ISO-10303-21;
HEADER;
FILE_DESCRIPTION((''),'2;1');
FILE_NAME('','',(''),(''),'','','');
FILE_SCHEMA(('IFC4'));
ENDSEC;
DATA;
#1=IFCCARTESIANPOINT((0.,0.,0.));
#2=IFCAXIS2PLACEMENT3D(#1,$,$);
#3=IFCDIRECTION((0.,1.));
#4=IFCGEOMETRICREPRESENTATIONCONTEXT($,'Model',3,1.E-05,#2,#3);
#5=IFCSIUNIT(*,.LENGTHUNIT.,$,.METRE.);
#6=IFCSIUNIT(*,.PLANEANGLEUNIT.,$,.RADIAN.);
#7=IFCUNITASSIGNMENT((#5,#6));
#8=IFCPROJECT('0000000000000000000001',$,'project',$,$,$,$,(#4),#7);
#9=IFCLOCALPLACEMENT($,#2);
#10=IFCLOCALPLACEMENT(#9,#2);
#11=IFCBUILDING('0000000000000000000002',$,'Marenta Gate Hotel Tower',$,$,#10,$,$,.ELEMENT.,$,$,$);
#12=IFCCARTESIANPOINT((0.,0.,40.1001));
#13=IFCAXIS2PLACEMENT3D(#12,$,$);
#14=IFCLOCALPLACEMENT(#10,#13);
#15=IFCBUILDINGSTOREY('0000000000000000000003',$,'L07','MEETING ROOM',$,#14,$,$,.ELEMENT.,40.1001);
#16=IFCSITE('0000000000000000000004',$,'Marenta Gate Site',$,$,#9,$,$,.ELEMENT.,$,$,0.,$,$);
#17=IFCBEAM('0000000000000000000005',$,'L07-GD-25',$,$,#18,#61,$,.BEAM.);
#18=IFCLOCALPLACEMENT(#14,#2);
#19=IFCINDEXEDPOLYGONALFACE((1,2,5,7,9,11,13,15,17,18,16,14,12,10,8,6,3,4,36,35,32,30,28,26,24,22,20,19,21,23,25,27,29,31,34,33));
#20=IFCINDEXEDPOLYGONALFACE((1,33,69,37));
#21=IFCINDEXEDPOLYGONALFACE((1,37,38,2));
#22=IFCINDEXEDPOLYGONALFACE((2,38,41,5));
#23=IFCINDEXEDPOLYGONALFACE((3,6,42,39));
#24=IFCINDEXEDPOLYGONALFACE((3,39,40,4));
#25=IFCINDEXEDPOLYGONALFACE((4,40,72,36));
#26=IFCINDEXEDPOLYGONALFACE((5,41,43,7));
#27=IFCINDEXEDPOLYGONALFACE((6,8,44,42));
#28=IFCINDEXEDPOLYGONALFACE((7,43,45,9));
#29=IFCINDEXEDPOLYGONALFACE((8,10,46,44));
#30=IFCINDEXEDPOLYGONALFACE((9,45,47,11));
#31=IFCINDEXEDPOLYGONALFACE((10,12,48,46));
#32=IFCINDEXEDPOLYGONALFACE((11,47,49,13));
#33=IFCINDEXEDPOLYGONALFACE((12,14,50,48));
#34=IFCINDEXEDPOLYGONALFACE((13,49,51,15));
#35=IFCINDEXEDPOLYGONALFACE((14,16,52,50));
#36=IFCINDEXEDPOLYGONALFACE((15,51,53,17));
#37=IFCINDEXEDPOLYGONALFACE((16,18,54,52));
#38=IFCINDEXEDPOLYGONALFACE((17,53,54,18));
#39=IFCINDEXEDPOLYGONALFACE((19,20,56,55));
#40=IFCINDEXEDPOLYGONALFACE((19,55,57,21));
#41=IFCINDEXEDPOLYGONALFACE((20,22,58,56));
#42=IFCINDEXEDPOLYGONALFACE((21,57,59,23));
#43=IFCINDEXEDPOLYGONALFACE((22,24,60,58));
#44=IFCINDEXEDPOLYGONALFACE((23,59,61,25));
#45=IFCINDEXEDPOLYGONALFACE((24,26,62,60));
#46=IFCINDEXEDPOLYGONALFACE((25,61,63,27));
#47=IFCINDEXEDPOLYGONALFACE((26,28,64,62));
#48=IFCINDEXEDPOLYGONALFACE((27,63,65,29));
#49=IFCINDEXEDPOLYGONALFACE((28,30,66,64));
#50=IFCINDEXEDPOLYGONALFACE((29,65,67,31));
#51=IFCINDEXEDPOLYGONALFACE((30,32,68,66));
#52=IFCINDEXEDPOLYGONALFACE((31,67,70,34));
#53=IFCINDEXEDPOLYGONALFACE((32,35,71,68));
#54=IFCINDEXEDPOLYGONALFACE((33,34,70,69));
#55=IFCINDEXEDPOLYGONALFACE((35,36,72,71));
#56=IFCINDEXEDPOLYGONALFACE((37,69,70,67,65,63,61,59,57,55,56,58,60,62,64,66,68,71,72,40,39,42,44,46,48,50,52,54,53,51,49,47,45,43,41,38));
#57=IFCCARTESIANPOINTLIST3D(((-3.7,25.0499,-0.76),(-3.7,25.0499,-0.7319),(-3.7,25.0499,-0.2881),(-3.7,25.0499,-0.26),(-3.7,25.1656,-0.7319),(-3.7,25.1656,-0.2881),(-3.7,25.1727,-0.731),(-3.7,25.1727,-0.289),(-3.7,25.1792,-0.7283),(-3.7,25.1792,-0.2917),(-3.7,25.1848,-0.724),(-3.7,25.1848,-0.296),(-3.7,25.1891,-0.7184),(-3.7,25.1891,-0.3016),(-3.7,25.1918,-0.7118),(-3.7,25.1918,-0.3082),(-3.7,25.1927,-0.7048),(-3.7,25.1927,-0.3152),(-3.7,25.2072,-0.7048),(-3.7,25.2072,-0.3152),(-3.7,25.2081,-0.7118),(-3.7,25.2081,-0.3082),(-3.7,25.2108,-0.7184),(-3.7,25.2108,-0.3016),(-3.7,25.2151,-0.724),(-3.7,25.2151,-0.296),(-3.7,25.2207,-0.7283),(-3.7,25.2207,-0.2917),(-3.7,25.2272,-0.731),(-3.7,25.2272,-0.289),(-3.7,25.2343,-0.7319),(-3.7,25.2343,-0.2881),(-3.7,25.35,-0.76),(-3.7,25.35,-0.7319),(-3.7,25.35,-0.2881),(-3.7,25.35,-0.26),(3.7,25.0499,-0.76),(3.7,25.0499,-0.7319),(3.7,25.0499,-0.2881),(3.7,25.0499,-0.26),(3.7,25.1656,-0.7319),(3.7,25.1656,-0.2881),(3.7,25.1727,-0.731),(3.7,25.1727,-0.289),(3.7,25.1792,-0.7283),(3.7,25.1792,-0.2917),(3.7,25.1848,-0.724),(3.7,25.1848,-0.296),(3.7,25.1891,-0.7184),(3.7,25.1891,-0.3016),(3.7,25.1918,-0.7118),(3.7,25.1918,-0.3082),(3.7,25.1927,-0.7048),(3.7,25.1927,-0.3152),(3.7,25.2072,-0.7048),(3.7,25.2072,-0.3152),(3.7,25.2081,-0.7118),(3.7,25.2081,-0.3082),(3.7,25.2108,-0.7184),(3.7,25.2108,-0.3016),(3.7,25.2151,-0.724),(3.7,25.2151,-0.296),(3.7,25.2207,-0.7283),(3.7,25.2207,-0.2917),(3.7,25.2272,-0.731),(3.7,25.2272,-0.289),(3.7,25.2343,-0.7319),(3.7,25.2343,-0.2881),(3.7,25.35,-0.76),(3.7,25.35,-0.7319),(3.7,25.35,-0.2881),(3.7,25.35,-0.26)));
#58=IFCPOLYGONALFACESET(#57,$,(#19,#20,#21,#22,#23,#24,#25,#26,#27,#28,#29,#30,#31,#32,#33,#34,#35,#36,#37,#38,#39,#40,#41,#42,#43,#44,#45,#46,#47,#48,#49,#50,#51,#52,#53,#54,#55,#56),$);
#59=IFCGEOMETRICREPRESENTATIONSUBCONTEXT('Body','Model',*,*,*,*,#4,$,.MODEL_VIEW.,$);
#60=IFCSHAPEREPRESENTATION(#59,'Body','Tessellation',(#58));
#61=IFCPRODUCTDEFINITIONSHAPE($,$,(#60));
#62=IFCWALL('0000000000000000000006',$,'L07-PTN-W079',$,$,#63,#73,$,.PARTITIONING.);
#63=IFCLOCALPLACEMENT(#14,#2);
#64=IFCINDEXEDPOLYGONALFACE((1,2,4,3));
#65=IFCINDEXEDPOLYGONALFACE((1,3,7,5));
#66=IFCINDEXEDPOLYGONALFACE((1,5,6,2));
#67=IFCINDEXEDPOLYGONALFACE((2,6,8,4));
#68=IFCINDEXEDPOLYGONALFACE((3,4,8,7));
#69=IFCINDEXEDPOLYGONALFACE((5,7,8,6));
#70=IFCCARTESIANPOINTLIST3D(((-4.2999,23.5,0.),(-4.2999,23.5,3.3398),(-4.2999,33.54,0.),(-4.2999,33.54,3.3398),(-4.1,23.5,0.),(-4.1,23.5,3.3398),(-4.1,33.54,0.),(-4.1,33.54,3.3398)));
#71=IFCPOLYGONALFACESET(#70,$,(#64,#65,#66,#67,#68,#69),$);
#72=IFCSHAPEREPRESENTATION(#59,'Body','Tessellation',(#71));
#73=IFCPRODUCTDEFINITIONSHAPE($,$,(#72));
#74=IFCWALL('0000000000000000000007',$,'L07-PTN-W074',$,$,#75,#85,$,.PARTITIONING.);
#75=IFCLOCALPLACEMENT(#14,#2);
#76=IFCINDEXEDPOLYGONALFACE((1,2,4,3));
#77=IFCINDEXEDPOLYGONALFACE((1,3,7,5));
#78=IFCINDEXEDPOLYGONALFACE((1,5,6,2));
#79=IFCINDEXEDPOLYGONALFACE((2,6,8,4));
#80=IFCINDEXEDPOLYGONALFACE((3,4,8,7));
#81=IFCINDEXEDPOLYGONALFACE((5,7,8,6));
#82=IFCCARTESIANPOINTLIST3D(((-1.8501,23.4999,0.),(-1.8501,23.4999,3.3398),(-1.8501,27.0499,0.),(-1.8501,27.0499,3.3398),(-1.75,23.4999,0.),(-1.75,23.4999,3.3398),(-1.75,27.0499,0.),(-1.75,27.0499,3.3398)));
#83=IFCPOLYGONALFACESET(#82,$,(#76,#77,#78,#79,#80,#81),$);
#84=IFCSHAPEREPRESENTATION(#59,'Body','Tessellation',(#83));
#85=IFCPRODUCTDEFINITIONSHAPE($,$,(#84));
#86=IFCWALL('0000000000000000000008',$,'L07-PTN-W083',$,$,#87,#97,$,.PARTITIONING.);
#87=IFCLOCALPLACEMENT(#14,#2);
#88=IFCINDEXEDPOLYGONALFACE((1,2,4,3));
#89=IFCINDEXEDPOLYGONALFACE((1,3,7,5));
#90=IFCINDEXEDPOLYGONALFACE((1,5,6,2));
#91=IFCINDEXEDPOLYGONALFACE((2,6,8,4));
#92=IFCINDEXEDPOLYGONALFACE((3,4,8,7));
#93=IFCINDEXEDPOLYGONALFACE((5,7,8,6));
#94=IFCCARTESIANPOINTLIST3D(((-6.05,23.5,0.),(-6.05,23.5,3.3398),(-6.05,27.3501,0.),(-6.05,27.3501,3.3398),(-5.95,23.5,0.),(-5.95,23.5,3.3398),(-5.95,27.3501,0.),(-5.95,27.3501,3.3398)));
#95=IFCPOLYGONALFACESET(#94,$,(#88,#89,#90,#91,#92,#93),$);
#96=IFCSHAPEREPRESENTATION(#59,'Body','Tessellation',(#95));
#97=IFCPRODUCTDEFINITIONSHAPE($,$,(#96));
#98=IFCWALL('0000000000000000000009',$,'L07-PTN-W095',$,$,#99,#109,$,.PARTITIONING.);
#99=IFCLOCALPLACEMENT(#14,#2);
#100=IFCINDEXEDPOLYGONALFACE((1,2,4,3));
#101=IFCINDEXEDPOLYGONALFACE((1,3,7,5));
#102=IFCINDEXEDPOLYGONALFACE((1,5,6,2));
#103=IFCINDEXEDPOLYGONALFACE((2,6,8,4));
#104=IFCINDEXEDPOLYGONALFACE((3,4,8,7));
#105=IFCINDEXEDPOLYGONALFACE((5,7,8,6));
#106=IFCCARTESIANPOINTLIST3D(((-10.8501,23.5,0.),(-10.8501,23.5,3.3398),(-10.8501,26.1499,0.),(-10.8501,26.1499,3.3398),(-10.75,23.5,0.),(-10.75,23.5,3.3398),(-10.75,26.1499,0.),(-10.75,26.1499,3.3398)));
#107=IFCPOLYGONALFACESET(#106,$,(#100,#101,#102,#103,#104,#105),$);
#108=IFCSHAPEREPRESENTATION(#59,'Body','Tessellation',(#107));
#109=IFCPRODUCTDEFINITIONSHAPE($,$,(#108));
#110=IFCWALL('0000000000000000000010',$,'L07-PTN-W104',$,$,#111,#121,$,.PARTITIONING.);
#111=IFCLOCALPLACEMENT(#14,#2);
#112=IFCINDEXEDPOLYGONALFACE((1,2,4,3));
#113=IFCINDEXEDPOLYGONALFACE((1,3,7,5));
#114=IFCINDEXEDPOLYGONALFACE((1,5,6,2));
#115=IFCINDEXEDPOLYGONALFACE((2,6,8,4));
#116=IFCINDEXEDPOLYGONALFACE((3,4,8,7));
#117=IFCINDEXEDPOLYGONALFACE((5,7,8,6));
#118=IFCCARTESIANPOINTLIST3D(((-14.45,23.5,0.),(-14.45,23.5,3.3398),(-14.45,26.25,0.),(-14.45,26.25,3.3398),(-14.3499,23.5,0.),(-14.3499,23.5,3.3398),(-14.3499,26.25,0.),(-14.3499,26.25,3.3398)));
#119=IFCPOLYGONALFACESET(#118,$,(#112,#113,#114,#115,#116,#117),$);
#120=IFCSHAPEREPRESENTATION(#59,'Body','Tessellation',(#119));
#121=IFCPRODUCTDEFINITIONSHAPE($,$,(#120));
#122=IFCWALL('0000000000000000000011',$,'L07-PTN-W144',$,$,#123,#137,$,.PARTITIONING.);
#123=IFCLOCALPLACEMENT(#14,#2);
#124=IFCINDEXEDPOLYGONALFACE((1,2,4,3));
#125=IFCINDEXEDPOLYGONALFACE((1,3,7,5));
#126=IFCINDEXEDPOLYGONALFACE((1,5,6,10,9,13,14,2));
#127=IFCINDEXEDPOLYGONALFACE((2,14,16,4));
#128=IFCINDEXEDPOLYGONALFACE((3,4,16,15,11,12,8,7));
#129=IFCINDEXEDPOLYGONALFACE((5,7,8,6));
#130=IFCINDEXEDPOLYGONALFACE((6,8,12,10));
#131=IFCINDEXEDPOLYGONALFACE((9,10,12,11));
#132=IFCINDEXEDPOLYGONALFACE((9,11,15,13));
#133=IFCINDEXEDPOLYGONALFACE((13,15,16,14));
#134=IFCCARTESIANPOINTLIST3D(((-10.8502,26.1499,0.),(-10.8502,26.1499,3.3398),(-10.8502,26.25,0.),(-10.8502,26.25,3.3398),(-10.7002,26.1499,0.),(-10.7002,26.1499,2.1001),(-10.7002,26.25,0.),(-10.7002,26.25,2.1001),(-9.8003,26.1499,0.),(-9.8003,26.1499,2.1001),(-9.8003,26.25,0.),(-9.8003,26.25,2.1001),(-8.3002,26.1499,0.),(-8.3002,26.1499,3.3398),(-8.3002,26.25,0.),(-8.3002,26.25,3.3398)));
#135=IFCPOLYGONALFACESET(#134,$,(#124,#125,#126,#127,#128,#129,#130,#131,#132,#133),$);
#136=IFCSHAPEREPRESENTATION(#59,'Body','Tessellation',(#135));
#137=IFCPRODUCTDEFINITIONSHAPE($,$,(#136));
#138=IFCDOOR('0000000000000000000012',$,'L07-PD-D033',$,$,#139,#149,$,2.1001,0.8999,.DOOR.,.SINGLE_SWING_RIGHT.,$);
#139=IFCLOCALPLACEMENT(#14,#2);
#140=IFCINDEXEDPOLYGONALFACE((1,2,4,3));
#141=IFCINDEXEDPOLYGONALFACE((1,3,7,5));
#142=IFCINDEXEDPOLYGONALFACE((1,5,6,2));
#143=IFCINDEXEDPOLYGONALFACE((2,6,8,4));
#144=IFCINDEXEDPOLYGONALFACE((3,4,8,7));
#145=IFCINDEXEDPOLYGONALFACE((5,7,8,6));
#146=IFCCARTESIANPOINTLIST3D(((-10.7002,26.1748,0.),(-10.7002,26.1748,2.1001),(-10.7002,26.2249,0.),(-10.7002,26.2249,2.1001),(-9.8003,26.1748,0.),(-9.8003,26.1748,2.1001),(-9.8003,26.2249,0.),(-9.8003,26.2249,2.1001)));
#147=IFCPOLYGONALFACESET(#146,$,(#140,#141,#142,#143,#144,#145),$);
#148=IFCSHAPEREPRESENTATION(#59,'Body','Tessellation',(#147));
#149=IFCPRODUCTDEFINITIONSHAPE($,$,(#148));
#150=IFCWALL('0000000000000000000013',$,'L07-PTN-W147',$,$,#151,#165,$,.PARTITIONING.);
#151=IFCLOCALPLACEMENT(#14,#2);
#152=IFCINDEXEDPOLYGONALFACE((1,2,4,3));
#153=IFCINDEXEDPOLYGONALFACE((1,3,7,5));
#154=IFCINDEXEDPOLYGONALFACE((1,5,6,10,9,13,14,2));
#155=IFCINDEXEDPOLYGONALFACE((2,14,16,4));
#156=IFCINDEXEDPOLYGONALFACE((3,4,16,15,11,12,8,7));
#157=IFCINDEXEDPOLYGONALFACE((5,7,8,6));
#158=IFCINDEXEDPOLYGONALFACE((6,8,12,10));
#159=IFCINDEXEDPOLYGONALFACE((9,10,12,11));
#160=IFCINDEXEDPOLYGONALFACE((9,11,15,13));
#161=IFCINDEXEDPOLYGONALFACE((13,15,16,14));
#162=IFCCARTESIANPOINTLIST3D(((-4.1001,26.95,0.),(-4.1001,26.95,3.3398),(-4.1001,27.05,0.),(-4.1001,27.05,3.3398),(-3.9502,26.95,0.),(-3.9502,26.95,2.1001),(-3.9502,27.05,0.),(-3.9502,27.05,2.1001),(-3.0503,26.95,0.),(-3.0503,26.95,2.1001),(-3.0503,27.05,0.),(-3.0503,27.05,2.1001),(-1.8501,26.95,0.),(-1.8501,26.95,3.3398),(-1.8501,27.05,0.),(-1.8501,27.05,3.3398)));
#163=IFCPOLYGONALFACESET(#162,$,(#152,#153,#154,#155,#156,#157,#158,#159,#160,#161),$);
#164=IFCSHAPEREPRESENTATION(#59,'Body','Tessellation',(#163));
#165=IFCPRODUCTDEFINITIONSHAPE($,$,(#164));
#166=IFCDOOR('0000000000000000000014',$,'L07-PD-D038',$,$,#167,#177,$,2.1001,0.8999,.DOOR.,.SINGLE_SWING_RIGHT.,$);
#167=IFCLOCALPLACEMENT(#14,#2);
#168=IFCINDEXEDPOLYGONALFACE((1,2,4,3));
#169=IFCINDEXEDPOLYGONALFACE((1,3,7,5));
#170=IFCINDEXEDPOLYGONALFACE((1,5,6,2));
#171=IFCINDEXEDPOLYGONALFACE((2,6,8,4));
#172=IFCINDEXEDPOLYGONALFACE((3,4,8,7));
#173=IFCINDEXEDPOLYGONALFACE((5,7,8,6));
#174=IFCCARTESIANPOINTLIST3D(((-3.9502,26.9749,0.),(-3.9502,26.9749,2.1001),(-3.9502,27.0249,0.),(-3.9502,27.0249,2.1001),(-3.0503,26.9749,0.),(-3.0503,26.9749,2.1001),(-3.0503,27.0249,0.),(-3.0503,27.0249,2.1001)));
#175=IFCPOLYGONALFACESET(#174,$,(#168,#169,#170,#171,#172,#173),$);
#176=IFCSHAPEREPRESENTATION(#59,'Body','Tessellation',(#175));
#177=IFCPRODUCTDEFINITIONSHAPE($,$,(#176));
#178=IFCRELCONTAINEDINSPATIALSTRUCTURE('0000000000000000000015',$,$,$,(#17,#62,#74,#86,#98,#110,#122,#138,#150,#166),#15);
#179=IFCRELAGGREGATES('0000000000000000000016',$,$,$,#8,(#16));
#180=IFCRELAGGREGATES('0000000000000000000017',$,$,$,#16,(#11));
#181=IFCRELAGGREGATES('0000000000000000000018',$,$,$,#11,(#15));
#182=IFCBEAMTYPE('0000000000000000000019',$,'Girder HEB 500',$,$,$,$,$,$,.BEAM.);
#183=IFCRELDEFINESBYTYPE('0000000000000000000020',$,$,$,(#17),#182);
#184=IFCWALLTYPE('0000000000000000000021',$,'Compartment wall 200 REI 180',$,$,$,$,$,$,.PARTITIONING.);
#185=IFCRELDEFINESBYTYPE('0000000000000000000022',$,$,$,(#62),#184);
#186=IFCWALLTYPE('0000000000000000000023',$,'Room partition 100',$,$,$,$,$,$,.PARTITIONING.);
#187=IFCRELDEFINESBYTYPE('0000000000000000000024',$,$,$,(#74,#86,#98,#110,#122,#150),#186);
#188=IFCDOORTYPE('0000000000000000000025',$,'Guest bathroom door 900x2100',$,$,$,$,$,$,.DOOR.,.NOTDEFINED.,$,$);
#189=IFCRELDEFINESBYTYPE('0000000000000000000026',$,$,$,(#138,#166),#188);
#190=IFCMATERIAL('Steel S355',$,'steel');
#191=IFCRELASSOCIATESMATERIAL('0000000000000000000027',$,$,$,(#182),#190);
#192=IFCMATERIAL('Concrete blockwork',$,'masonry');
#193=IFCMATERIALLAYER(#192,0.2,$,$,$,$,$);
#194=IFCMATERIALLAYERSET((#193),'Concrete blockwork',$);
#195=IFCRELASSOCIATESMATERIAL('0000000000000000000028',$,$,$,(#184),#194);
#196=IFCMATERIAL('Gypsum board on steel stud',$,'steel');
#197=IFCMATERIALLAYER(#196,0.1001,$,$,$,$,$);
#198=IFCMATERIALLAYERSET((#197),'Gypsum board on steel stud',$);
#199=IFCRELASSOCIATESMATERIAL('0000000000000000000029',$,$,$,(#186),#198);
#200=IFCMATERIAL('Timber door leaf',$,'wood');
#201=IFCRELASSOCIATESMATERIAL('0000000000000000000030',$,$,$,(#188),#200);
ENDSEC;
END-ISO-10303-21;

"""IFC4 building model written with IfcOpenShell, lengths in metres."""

from ifc_helpers import new_model, si_unit, direction, frame, frame_2d, origin, origin_2d, place, context, subcontext, project, spatial, rectangle, i_section, extrude, material, layer, layer_set, material_profile, profile_set, type_object, element, fill, save


model = new_model("IFC4")

# Units and contexts
model_context = context("Model", 3, precision=1e-05, world=origin(), true_north=direction((0.0, 1.0)))
body_context = subcontext(model_context, "Body", "Model", "MODEL_VIEW")
ifc_project = project(units=[si_unit("LENGTHUNIT", "METRE"), si_unit("PLANEANGLEUNIT", "RADIAN")], contexts=[model_context])

# Site, building, storey
site_placement = place(None, origin())
site = spatial("IfcSite", under=ifc_project, at=site_placement, Name="Marenta Gate Site", CompositionType="ELEMENT", RefElevation=0.0)
building_placement = place(site_placement, origin())
building = spatial("IfcBuilding", under=site, at=building_placement, Name="Marenta Gate Hotel Tower", CompositionType="ELEMENT")
storey_placement = place(building_placement, frame((0.0, 0.0, 40.1001)))
storey = spatial("IfcBuildingStorey", under=building, at=storey_placement, Name="L07", Description="MEETING ROOM", CompositionType="ELEMENT", Elevation=40.1001)

# Beam
ifc_material_1 = material(Name="Steel S355", Category="steel")
ifc_material_profile_1 = material_profile(ifc_material_1, i_section(OverallWidth=0.3, OverallDepth=0.5, WebThickness=0.0144, FlangeThickness=0.0281, FilletRadius=0.0271, at=origin_2d()), Name="HEB 500")
ifc_profile_set_1 = profile_set([ifc_material_profile_1], Name="Steel S355")
beam_type_1 = type_object("IfcBeamType", Name="Girder HEB 500", PredefinedType="BEAM", material=ifc_profile_set_1)
beam_1_placement = place(storey_placement, frame((-3.7, 25.2, -0.51), z_axis=(1.0, 0.0, 0.0), x_axis=(0.0, 1.0, 0.0)))
element("IfcBeam", 1, at=beam_1_placement, inside=storey, type_object=beam_type_1, Name="L07-GD-25", PredefinedType="BEAM", context=body_context, shape_type="SweptSolid", body=[
    extrude(i_section(OverallWidth=0.3, OverallDepth=0.5, WebThickness=0.0144, FlangeThickness=0.0281, FilletRadius=0.0271, at=origin_2d()), origin(), (0.0, 0.0, 1.0), 7.3999),
])

# Walls
ifc_material_2 = material(Name="Concrete blockwork", Category="masonry")
ifc_layer_1 = layer(ifc_material_2, 0.2)
ifc_layer_set_1 = layer_set([ifc_layer_1], Name="Concrete blockwork")
wall_type_1 = type_object("IfcWallType", Name="Compartment wall 200 REI 180", PredefinedType="PARTITIONING", material=ifc_layer_set_1)
wall_1_placement = place(storey_placement, frame((-4.2, 23.5, 0.0), z_axis=(0.0, 0.0, 1.0), x_axis=(0.0, 1.0, 0.0)))
element("IfcWall", 2, at=wall_1_placement, inside=storey, type_object=wall_type_1, Name="L07-PTN-W079", PredefinedType="PARTITIONING", context=body_context, shape_type="SweptSolid", body=[
    extrude(rectangle(XDim=10.04, YDim=0.2, at=frame_2d((5.02, 0.0))), origin(), (0.0, 0.0, 1.0), 3.3398),
])
ifc_material_3 = material(Name="Gypsum board on steel stud", Category="steel")
ifc_layer_2 = layer(ifc_material_3, 0.1001)
ifc_layer_set_2 = layer_set([ifc_layer_2], Name="Gypsum board on steel stud")
wall_type_2 = type_object("IfcWallType", Name="Room partition 100", PredefinedType="PARTITIONING", material=ifc_layer_set_2)
wall_2_placement = place(storey_placement, frame((-1.8, 23.5, 0.0), z_axis=(0.0, 0.0, 1.0), x_axis=(0.0, 1.0, 0.0)))
element("IfcWall", 3, at=wall_2_placement, inside=storey, type_object=wall_type_2, Name="L07-PTN-W074", PredefinedType="PARTITIONING", context=body_context, shape_type="SweptSolid", body=[
    extrude(rectangle(XDim=3.55, YDim=0.1001, at=frame_2d((1.7749, 0.0))), origin(), (0.0, 0.0, 1.0), 3.3398),
])
wall_3_placement = place(storey_placement, frame((-6.0, 23.5, 0.0), z_axis=(0.0, 0.0, 1.0), x_axis=(0.0, 1.0, 0.0)))
element("IfcWall", 4, at=wall_3_placement, inside=storey, type_object=wall_type_2, Name="L07-PTN-W083", PredefinedType="PARTITIONING", context=body_context, shape_type="SweptSolid", body=[
    extrude(rectangle(XDim=3.8501, YDim=0.1001, at=frame_2d((1.925, 0.0))), origin(), (0.0, 0.0, 1.0), 3.3398),
])
wall_4_placement = place(storey_placement, frame((-10.8, 23.5, 0.0), z_axis=(0.0, 0.0, 1.0), x_axis=(0.0, 1.0, 0.0)))
element("IfcWall", 5, at=wall_4_placement, inside=storey, type_object=wall_type_2, Name="L07-PTN-W095", PredefinedType="PARTITIONING", context=body_context, shape_type="SweptSolid", body=[
    extrude(rectangle(XDim=2.6499, YDim=0.1001, at=frame_2d((1.325, 0.0))), origin(), (0.0, 0.0, 1.0), 3.3398),
])
wall_5_placement = place(storey_placement, frame((-14.3999, 23.5, 0.0), z_axis=(0.0, 0.0, 1.0), x_axis=(0.0, 1.0, 0.0)))
element("IfcWall", 6, at=wall_5_placement, inside=storey, type_object=wall_type_2, Name="L07-PTN-W104", PredefinedType="PARTITIONING", context=body_context, shape_type="SweptSolid", body=[
    extrude(rectangle(XDim=2.75, YDim=0.1001, at=frame_2d((1.375, 0.0))), origin(), (0.0, 0.0, 1.0), 3.3398),
])

# Walls, openings, doors
wall_6_placement = place(storey_placement, frame((-10.8501, 26.2, 0.0), z_axis=(0.0, 0.0, 1.0), x_axis=(1.0, 0.0, 0.0)))
wall_6 = element("IfcWall", 7, at=wall_6_placement, inside=storey, type_object=wall_type_2, Name="L07-PTN-W144", PredefinedType="PARTITIONING", context=body_context, shape_type="SweptSolid", body=[
    extrude(rectangle(XDim=2.55, YDim=0.1001, at=frame_2d((1.2749, 0.0))), origin(), (0.0, 0.0, 1.0), 3.3398),
])
opening_1_placement = place(wall_6_placement, frame((0.1499, 0.0, 0.0)))
opening_1 = element("IfcOpeningElement", 8, at=opening_1_placement, cuts=wall_6, PredefinedType="OPENING", context=body_context, shape_type="SweptSolid", body=[
    extrude(rectangle(XDim=0.8999, YDim=2.1001, at=frame_2d((0.45, 1.05))), frame((0.0, 0.05, 0.0), z_axis=(0.0, -1.0, 0.0), x_axis=(1.0, 0.0, 0.0)), (0.0, 0.0, 1.0), 0.1001),
])
ifc_material_4 = material(Name="Timber door leaf", Category="wood")
door_type = type_object("IfcDoorType", Name="Guest bathroom door 900x2100", OperationType="NOTDEFINED", PredefinedType="DOOR", material=ifc_material_4)
door_1_placement = place(opening_1_placement, origin())
door_1 = element("IfcDoor", 9, at=door_1_placement, inside=storey, type_object=door_type, Name="L07-PD-D033", OperationType="SINGLE_SWING_RIGHT", OverallHeight=2.1001, OverallWidth=0.8999, PredefinedType="DOOR", context=body_context, shape_type="SweptSolid", body=[
    extrude(rectangle(XDim=0.8999, YDim=2.1001, at=frame_2d((0.45, 1.05))), frame((0.0, 0.0249, 0.0), z_axis=(0.0, -1.0, 0.0), x_axis=(1.0, 0.0, 0.0)), (0.0, 0.0, 1.0), 0.05),
])
fill(opening_1, door_1)
wall_7_placement = place(storey_placement, frame((-4.1001, 27.0, 0.0), z_axis=(0.0, 0.0, 1.0), x_axis=(1.0, 0.0, 0.0)))
wall_7 = element("IfcWall", 10, at=wall_7_placement, inside=storey, type_object=wall_type_2, Name="L07-PTN-W147", PredefinedType="PARTITIONING", context=body_context, shape_type="SweptSolid", body=[
    extrude(rectangle(XDim=2.25, YDim=0.1001, at=frame_2d((1.125, 0.0))), origin(), (0.0, 0.0, 1.0), 3.3398),
])
opening_2_placement = place(wall_7_placement, frame((0.1499, 0.0, 0.0)))
opening_2 = element("IfcOpeningElement", 11, at=opening_2_placement, cuts=wall_7, PredefinedType="OPENING", context=body_context, shape_type="SweptSolid", body=[
    extrude(rectangle(XDim=0.8999, YDim=2.1001, at=frame_2d((0.45, 1.05))), frame((0.0, 0.05, 0.0), z_axis=(0.0, -1.0, 0.0), x_axis=(1.0, 0.0, 0.0)), (0.0, 0.0, 1.0), 0.1001),
])
door_2_placement = place(opening_2_placement, origin())
door_2 = element("IfcDoor", 12, at=door_2_placement, inside=storey, type_object=door_type, Name="L07-PD-D038", OperationType="SINGLE_SWING_RIGHT", OverallHeight=2.1001, OverallWidth=0.8999, PredefinedType="DOOR", context=body_context, shape_type="SweptSolid", body=[
    extrude(rectangle(XDim=0.8999, YDim=2.1001, at=frame_2d((0.45, 1.05))), frame((0.0, 0.0249, 0.0), z_axis=(0.0, -1.0, 0.0), x_axis=(1.0, 0.0, 0.0)), (0.0, 0.0, 1.0), 0.05),
])
fill(opening_2, door_2)

save(model, "model.ifc")
